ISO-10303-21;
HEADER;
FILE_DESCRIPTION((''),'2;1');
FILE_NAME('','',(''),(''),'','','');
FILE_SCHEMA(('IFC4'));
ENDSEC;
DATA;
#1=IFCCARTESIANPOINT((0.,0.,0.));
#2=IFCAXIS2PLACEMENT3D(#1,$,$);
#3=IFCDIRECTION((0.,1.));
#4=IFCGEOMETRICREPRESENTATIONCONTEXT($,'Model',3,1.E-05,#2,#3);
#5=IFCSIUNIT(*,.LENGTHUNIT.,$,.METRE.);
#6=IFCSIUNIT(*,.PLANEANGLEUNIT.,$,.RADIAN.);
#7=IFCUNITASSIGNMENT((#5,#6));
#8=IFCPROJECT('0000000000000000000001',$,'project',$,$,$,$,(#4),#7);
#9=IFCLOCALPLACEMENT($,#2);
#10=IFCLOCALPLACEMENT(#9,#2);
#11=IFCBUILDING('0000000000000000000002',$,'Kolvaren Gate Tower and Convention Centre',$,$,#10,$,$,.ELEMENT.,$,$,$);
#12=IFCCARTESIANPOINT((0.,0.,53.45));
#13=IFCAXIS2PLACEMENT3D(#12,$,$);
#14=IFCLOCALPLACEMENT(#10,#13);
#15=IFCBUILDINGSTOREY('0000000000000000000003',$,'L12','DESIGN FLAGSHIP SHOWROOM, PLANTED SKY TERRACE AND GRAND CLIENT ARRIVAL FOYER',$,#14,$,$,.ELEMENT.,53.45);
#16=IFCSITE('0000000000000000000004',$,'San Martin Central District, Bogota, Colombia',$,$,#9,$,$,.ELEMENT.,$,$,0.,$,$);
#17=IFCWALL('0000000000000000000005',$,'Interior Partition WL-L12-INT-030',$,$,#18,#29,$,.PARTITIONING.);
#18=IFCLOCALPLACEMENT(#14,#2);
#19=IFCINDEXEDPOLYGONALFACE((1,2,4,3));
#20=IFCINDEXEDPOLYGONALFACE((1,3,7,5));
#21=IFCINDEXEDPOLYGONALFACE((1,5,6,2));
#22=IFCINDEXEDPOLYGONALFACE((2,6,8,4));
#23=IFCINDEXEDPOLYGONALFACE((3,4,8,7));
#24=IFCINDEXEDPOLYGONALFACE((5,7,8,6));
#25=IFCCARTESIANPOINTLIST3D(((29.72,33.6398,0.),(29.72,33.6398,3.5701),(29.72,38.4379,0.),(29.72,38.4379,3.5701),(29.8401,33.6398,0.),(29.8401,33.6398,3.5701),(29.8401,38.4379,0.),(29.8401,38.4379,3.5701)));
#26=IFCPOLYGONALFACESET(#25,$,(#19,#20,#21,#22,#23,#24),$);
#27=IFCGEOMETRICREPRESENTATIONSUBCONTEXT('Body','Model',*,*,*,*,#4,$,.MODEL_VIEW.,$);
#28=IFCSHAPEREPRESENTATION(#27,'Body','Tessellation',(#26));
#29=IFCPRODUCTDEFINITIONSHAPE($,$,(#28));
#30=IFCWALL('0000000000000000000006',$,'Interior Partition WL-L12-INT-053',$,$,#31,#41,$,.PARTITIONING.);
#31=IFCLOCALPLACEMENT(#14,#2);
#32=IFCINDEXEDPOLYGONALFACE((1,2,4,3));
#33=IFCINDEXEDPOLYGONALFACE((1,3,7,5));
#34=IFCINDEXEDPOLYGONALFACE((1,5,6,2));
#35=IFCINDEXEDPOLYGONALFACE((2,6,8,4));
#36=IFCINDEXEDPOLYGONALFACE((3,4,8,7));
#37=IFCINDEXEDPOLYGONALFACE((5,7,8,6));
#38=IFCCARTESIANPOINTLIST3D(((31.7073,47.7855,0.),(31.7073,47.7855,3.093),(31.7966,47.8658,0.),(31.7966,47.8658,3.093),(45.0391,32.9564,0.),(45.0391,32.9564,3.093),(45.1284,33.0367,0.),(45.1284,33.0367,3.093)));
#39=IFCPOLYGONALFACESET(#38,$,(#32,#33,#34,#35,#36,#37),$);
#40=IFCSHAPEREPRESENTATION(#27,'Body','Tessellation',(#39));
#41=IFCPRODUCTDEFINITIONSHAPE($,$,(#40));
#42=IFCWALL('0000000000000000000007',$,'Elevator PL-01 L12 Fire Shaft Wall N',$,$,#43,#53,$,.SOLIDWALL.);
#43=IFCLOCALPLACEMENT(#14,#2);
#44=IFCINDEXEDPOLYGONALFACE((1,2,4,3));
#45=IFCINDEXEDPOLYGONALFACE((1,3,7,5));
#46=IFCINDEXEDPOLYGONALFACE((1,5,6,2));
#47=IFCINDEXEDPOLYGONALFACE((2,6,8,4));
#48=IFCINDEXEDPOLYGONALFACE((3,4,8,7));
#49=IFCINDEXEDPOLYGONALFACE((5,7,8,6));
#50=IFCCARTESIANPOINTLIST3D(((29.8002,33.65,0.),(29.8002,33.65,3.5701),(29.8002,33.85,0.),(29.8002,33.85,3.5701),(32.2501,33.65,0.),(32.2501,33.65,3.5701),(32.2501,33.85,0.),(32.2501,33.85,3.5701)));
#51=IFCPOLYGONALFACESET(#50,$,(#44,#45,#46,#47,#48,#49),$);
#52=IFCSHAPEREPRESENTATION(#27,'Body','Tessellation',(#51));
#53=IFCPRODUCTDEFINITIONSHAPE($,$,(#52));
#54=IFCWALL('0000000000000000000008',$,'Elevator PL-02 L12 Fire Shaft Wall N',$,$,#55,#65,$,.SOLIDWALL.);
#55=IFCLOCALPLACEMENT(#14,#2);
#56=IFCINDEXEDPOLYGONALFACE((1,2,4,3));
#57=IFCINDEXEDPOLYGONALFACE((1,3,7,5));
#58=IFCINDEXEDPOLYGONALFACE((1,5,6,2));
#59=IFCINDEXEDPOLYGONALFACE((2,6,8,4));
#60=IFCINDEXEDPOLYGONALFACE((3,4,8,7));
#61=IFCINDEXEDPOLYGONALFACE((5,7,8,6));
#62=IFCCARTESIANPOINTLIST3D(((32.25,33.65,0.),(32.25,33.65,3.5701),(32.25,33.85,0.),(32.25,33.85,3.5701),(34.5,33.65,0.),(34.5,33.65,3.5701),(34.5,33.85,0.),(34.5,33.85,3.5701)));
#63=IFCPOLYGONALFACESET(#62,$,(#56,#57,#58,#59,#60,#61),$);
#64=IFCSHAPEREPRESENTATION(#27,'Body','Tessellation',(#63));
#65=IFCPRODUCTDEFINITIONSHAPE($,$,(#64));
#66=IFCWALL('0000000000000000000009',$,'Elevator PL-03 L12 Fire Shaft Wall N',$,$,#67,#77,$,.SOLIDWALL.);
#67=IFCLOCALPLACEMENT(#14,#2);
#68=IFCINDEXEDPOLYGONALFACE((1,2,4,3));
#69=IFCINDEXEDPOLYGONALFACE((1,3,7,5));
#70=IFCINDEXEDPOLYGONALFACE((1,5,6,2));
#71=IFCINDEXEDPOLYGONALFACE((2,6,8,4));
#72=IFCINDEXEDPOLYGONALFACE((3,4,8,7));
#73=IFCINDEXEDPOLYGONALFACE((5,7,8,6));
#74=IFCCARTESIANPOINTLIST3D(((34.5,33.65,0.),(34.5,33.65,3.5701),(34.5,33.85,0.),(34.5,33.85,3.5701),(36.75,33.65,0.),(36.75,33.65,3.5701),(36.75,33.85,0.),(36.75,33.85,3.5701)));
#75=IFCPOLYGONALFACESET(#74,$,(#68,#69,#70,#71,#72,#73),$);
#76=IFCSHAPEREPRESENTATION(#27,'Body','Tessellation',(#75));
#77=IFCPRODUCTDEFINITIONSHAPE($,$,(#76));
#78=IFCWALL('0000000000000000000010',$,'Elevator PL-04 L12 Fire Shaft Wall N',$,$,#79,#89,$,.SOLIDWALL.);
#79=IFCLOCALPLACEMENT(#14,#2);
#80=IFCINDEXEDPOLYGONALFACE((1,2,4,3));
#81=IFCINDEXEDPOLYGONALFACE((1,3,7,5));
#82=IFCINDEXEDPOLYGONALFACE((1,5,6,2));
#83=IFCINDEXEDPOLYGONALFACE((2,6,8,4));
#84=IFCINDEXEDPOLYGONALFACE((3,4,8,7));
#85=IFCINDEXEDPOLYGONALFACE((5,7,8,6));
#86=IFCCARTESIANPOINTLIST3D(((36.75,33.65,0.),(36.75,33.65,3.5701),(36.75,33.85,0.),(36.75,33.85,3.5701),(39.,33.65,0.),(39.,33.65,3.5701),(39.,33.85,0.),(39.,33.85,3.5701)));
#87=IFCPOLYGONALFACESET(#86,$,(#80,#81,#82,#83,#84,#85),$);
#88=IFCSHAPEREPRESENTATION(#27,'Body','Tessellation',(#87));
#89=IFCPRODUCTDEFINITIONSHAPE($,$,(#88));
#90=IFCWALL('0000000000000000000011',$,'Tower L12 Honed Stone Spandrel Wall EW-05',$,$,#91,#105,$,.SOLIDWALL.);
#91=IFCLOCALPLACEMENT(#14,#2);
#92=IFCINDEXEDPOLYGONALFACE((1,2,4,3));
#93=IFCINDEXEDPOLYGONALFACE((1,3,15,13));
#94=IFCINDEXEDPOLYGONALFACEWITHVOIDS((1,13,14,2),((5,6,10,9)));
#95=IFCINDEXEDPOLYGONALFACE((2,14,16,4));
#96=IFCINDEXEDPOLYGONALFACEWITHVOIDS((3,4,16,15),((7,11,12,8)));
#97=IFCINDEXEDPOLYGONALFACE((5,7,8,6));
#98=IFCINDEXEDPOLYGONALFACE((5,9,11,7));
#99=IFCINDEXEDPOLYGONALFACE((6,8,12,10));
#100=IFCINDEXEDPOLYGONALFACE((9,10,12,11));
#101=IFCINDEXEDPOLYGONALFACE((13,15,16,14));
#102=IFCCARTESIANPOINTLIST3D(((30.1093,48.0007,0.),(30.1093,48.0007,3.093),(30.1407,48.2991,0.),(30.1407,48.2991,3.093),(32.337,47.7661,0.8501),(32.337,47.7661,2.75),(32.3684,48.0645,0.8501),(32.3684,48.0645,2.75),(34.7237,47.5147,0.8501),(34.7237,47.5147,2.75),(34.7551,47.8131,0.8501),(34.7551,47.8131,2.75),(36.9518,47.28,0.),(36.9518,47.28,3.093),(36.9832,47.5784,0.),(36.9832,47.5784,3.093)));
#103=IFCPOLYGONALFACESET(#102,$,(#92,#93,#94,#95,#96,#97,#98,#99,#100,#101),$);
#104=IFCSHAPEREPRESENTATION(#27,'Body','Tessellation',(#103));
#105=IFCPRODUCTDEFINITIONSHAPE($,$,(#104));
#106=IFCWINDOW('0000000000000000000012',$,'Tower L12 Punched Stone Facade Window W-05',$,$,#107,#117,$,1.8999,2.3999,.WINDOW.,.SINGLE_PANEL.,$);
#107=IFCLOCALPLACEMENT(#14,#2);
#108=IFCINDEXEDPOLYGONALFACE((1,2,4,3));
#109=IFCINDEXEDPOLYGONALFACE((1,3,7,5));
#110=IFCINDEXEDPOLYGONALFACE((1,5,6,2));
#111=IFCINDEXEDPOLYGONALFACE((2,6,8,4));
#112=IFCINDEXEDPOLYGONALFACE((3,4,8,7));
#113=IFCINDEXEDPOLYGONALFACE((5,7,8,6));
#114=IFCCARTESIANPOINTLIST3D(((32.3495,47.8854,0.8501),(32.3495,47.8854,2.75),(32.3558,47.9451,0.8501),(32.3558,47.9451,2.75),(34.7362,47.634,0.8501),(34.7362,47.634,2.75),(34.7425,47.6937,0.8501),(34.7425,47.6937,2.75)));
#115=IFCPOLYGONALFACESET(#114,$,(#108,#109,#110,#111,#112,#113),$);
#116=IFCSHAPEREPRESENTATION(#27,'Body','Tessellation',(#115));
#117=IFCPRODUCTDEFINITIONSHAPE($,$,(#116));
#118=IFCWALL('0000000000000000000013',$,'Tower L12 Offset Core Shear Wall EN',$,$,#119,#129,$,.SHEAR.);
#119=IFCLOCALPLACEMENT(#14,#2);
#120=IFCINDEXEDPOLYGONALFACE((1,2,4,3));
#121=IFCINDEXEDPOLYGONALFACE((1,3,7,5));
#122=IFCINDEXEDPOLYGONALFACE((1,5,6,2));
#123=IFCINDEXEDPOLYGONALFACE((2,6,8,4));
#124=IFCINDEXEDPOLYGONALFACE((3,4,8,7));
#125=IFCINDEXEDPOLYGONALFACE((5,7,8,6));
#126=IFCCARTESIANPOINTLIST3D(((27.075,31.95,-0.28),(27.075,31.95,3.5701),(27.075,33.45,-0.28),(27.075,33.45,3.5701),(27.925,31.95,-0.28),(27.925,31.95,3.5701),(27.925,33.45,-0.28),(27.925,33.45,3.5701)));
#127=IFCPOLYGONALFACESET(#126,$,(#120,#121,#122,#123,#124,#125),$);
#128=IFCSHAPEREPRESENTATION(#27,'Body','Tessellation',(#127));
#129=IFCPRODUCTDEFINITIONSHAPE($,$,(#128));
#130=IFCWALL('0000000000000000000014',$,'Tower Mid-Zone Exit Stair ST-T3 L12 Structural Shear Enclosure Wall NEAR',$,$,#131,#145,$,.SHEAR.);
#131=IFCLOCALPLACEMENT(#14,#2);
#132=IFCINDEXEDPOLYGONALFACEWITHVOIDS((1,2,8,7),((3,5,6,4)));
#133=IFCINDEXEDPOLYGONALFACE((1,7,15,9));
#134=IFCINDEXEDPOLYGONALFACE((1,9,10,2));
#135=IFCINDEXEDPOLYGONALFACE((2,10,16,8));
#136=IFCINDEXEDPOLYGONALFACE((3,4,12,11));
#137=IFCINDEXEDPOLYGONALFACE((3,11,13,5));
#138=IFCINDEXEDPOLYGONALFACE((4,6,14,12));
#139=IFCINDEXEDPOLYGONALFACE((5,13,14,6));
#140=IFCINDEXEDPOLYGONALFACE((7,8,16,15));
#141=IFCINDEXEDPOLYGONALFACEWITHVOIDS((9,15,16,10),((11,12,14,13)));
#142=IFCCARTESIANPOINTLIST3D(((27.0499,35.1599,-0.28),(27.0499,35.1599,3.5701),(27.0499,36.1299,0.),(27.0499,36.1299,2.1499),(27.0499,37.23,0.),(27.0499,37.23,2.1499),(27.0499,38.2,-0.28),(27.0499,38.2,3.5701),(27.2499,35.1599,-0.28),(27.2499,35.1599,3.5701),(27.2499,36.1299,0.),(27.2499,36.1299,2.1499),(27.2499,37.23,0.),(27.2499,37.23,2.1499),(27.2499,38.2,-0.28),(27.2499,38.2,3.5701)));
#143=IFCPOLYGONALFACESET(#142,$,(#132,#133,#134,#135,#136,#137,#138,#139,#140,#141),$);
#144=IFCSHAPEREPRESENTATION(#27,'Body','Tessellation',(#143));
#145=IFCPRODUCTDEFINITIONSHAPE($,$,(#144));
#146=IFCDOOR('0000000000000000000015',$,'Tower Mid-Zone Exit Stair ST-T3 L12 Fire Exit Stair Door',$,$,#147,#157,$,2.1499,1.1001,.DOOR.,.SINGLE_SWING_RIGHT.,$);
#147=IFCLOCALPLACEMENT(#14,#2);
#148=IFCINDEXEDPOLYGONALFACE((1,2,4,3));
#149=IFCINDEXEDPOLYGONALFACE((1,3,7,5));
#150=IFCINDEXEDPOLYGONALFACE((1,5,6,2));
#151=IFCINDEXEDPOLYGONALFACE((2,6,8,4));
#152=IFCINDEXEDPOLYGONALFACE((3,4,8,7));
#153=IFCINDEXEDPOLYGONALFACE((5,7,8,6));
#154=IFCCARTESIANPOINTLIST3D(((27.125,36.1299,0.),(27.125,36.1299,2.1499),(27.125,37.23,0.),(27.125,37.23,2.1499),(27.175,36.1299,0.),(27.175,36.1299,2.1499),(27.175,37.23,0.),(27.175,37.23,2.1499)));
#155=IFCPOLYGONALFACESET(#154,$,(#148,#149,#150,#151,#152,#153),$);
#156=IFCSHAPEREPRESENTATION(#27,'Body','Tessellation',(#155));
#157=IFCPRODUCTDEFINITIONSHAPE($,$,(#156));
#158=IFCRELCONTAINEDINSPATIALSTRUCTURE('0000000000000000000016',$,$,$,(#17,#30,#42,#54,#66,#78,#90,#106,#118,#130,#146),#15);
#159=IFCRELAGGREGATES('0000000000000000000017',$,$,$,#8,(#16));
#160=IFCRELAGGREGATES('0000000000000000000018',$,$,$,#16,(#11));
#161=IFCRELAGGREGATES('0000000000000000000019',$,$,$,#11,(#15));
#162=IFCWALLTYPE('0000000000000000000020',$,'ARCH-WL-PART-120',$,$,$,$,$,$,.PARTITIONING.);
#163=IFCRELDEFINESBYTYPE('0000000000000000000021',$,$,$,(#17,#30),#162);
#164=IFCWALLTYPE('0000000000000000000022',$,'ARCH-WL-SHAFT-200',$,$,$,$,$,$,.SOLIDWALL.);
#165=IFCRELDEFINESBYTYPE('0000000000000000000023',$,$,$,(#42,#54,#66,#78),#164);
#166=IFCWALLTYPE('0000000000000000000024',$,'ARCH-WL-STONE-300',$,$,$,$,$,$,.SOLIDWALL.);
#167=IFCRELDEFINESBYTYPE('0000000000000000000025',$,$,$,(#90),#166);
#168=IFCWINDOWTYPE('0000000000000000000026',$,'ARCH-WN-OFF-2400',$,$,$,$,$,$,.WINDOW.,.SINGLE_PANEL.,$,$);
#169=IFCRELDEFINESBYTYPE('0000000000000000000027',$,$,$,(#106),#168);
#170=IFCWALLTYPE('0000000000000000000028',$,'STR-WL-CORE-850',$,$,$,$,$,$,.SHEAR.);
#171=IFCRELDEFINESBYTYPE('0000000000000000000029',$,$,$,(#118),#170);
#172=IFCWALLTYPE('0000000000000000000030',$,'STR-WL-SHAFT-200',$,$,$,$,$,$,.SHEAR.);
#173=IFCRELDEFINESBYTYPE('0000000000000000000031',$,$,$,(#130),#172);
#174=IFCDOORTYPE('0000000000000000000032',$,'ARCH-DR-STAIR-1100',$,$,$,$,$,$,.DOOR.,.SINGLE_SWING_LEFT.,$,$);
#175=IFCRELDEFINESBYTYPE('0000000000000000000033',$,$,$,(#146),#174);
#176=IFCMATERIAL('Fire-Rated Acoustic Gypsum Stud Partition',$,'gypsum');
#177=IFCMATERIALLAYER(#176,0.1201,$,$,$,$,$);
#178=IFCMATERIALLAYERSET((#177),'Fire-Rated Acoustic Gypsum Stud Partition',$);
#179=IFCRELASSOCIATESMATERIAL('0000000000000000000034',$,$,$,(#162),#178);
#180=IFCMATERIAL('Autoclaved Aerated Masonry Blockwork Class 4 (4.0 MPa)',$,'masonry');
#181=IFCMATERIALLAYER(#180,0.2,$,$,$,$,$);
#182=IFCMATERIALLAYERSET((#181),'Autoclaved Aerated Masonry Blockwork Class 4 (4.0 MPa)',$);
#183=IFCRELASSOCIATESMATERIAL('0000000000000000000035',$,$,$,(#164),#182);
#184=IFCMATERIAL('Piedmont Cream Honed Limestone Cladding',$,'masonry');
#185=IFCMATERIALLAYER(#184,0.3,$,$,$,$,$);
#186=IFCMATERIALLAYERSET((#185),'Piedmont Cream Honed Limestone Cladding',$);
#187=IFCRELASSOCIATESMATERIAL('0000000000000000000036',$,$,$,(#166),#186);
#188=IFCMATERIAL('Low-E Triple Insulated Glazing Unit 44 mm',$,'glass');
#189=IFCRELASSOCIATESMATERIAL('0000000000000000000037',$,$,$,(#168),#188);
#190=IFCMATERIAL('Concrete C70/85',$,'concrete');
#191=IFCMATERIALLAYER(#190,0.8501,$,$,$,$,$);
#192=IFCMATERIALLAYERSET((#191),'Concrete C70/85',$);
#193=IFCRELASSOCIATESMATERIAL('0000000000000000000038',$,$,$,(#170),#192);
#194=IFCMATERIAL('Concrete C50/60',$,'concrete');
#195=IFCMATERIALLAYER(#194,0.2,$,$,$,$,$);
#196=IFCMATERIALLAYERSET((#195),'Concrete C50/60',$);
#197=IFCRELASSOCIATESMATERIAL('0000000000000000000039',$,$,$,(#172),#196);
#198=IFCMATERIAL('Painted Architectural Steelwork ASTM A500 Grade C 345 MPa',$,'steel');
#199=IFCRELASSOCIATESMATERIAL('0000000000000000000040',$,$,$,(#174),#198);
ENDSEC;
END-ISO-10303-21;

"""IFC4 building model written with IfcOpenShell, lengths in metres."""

from ifc_helpers import new_model, si_unit, direction, frame, frame_2d, origin, place, context, subcontext, project, spatial, rectangle, extrude, material, layer, layer_set, type_object, element, fill, save


model = new_model("IFC4")

# Units and contexts
model_context = context("Model", 3, precision=1e-05, world=origin(), true_north=direction((0.0, 1.0)))
body_context = subcontext(model_context, "Body", "Model", "MODEL_VIEW")
ifc_project = project(units=[si_unit("LENGTHUNIT", "METRE"), si_unit("PLANEANGLEUNIT", "RADIAN")], contexts=[model_context])

# Site, building, storey
site_placement = place(None, origin())
site = spatial("IfcSite", under=ifc_project, at=site_placement, Name="San Martin Central District, Bogota, Colombia", CompositionType="ELEMENT", RefElevation=0.0)
building_placement = place(site_placement, origin())
building = spatial("IfcBuilding", under=site, at=building_placement, Name="Kolvaren Gate Tower and Convention Centre", CompositionType="ELEMENT")
storey_placement = place(building_placement, frame((0.0, 0.0, 53.45)))
storey = spatial("IfcBuildingStorey", under=building, at=storey_placement, Name="L12", Description="DESIGN FLAGSHIP SHOWROOM, PLANTED SKY TERRACE AND GRAND CLIENT ARRIVAL FOYER", CompositionType="ELEMENT", Elevation=53.45)

# Shared definitions
ifc_material_1 = material(Name="Concrete C70/85", Category="concrete")

# Walls
ifc_material_2 = material(Name="Fire-Rated Acoustic Gypsum Stud Partition", Category="gypsum")
ifc_layer_1 = layer(ifc_material_2, 0.1201)
ifc_layer_set_1 = layer_set([ifc_layer_1], Name="Fire-Rated Acoustic Gypsum Stud Partition")
wall_type_1 = type_object("IfcWallType", Name="ARCH-WL-PART-120", PredefinedType="PARTITIONING", material=ifc_layer_set_1)
wall_1_placement = place(storey_placement, frame((29.78, 33.6399, 0.0), z_axis=(0.0, 0.0, 1.0), x_axis=(0.0, 1.0, 0.0)))
element("IfcWall", 1, at=wall_1_placement, inside=storey, type_object=wall_type_1, Name="Interior Partition WL-L12-INT-030", PredefinedType="PARTITIONING", context=body_context, shape_type="SweptSolid", body=[
    extrude(rectangle(XDim=4.7981, YDim=0.1201, at=frame_2d((2.3989, 0.0))), origin(), (0.0, 0.0, 1.0), 3.5701),
])
wall_2_placement = place(storey_placement, frame((31.752, 47.8257, 0.0), z_axis=(0.0, 0.0, 1.0), x_axis=(0.668566, -0.743653, 0.0)))
element("IfcWall", 2, at=wall_2_placement, inside=storey, type_object=wall_type_1, Name="Interior Partition WL-L12-INT-053", PredefinedType="PARTITIONING", context=body_context, shape_type="SweptSolid", body=[
    extrude(rectangle(XDim=19.9409, YDim=0.1201, at=frame_2d((9.9705, 0.0))), origin(), (0.0, 0.0, 1.0), 3.093),
])
ifc_material_3 = material(Name="Autoclaved Aerated Masonry Blockwork Class 4 (4.0 MPa)", Category="masonry")
ifc_layer_2 = layer(ifc_material_3, 0.2)
ifc_layer_set_2 = layer_set([ifc_layer_2], Name="Autoclaved Aerated Masonry Blockwork Class 4 (4.0 MPa)")
wall_type_2 = type_object("IfcWallType", Name="ARCH-WL-SHAFT-200", PredefinedType="SOLIDWALL", material=ifc_layer_set_2)
wall_3_placement = place(storey_placement, frame((29.8, 33.75, 0.0), z_axis=(0.0, 0.0, 1.0), x_axis=(1.0, 0.0, 0.0)))
element("IfcWall", 3, at=wall_3_placement, inside=storey, type_object=wall_type_2, Name="Elevator PL-01 L12 Fire Shaft Wall N", PredefinedType="SOLIDWALL", context=body_context, shape_type="SweptSolid", body=[
    extrude(rectangle(XDim=2.45, YDim=0.2, at=frame_2d((1.2251, 0.0))), origin(), (0.0, 0.0, 1.0), 3.5701),
])
for number, where, z_axis, x_axis, name in (
    (4, (32.25, 33.75, 0.0), (0.0, 0.0, 1.0), (1.0, 0.0, 0.0), "Elevator PL-02 L12 Fire Shaft Wall N"),
    (5, (34.5, 33.75, 0.0), (0.0, 0.0, 1.0), (1.0, 0.0, 0.0), "Elevator PL-03 L12 Fire Shaft Wall N"),
    (6, (36.75, 33.75, 0.0), (0.0, 0.0, 1.0), (1.0, 0.0, 0.0), "Elevator PL-04 L12 Fire Shaft Wall N"),
):
    element("IfcWall", number, at=place(storey_placement, frame(where, z_axis=z_axis, x_axis=x_axis)), inside=storey, type_object=wall_type_2, Name=name, PredefinedType="SOLIDWALL", context=body_context, shape_type="SweptSolid", body=[
        extrude(rectangle(XDim=2.25, YDim=0.2, at=frame_2d((1.125, 0.0))), origin(), (0.0, 0.0, 1.0), 3.5701),
    ])

# Wall, opening, window
ifc_material_4 = material(Name="Piedmont Cream Honed Limestone Cladding", Category="masonry")
ifc_layer_3 = layer(ifc_material_4, 0.3)
ifc_layer_set_3 = layer_set([ifc_layer_3], Name="Piedmont Cream Honed Limestone Cladding")
wall_type_3 = type_object("IfcWallType", Name="ARCH-WL-STONE-300", PredefinedType="SOLIDWALL", material=ifc_layer_set_3)
wall_4_placement = place(storey_placement, frame((30.125, 48.1499, 0.0), z_axis=(0.0, 0.0, 1.0), x_axis=(0.994499, -0.104748, 0.0)))
wall_4 = element("IfcWall", 7, at=wall_4_placement, inside=storey, type_object=wall_type_3, Name="Tower L12 Honed Stone Spandrel Wall EW-05", PredefinedType="SOLIDWALL", context=body_context, shape_type="SweptSolid", body=[
    extrude(rectangle(XDim=6.8804, YDim=0.3, at=frame_2d((3.4402, 0.0))), origin(), (0.0, 0.0, 1.0), 3.093),
])
opening_1_placement = place(wall_4_placement, frame((2.24, 0.0, 0.8501)))
opening_1 = element("IfcOpeningElement", 8, at=opening_1_placement, cuts=wall_4, PredefinedType="OPENING", context=body_context, shape_type="SweptSolid", body=[
    extrude(rectangle(XDim=2.3999, YDim=1.8999, at=frame_2d((1.2, 0.95))), frame((0.0, 0.1599, 0.0), z_axis=(0.0, -1.0, 0.0), x_axis=(1.0, 0.0, 0.0)), (0.0, 0.0, 1.0), 0.3201),
])
ifc_material_5 = material(Name="Low-E Triple Insulated Glazing Unit 44 mm", Category="glass")
window_type = type_object("IfcWindowType", Name="ARCH-WN-OFF-2400", PartitioningType="SINGLE_PANEL", PredefinedType="WINDOW", material=ifc_material_5)
window_placement = place(opening_1_placement, origin())
window = element("IfcWindow", 9, at=window_placement, inside=storey, type_object=window_type, Name="Tower L12 Punched Stone Facade Window W-05", OverallHeight=1.8999, OverallWidth=2.3999, PartitioningType="SINGLE_PANEL", PredefinedType="WINDOW", context=body_context, shape_type="SweptSolid", body=[
    extrude(rectangle(XDim=2.3999, YDim=1.8999, at=frame_2d((1.2, 0.95))), frame((0.0, 0.03, 0.0), z_axis=(0.0, -1.0, 0.0), x_axis=(1.0, 0.0, 0.0)), (0.0, 0.0, 1.0), 0.0601),
])
fill(opening_1, window)

# Wall
ifc_layer_4 = layer(ifc_material_1, 0.8501)
ifc_layer_set_4 = layer_set([ifc_layer_4], Name="Concrete C70/85")
wall_type_4 = type_object("IfcWallType", Name="STR-WL-CORE-850", PredefinedType="SHEAR", material=ifc_layer_set_4)
wall_5_placement = place(storey_placement, frame((27.5, 31.95, -0.28), z_axis=(0.0, 0.0, 1.0), x_axis=(0.0, 1.0, 0.0)))
element("IfcWall", 10, at=wall_5_placement, inside=storey, type_object=wall_type_4, Name="Tower L12 Offset Core Shear Wall EN", PredefinedType="SHEAR", context=body_context, shape_type="SweptSolid", body=[
    extrude(rectangle(XDim=1.5, YDim=0.8501, at=frame_2d((0.75, 0.0))), origin(), (0.0, 0.0, 1.0), 3.8501),
])

# Wall, opening, door
ifc_material_6 = material(Name="Concrete C50/60", Category="concrete")
ifc_layer_5 = layer(ifc_material_6, 0.2)
ifc_layer_set_5 = layer_set([ifc_layer_5], Name="Concrete C50/60")
wall_type_5 = type_object("IfcWallType", Name="STR-WL-SHAFT-200", PredefinedType="SHEAR", material=ifc_layer_set_5)
wall_6_placement = place(storey_placement, frame((27.1499, 35.1599, -0.28), z_axis=(0.0, 0.0, 1.0), x_axis=(0.0, 1.0, 0.0)))
wall_6 = element("IfcWall", 11, at=wall_6_placement, inside=storey, type_object=wall_type_5, Name="Tower Mid-Zone Exit Stair ST-T3 L12 Structural Shear Enclosure Wall NEAR", PredefinedType="SHEAR", context=body_context, shape_type="SweptSolid", body=[
    extrude(rectangle(XDim=3.04, YDim=0.2, at=frame_2d((1.52, 0.0))), origin(), (0.0, 0.0, 1.0), 3.8501),
])
opening_2_placement = place(wall_6_placement, frame((0.97, 0.0, 0.28)))
opening_2 = element("IfcOpeningElement", 12, at=opening_2_placement, cuts=wall_6, PredefinedType="OPENING", context=body_context, shape_type="SweptSolid", body=[
    extrude(rectangle(XDim=1.1001, YDim=2.1499, at=frame_2d((0.55, 1.075))), frame((0.0, 0.1099, 0.0), z_axis=(0.0, -1.0, 0.0), x_axis=(1.0, 0.0, 0.0)), (0.0, 0.0, 1.0), 0.22),
])
ifc_material_7 = material(Name="Painted Architectural Steelwork ASTM A500 Grade C 345 MPa", Category="steel")
door_type = type_object("IfcDoorType", Name="ARCH-DR-STAIR-1100", OperationType="SINGLE_SWING_LEFT", PredefinedType="DOOR", material=ifc_material_7)
door_placement = place(opening_2_placement, origin())
door = element("IfcDoor", 13, at=door_placement, inside=storey, type_object=door_type, Name="Tower Mid-Zone Exit Stair ST-T3 L12 Fire Exit Stair Door", OperationType="SINGLE_SWING_RIGHT", OverallHeight=2.1499, OverallWidth=1.1001, PredefinedType="DOOR", context=body_context, shape_type="SweptSolid", body=[
    extrude(rectangle(XDim=1.1001, YDim=2.1499, at=frame_2d((0.55, 1.075))), frame((0.0, 0.0249, 0.0), z_axis=(0.0, -1.0, 0.0), x_axis=(1.0, 0.0, 0.0)), (0.0, 0.0, 1.0), 0.05),
])
fill(opening_2, door)

save(model, "model.ifc")
